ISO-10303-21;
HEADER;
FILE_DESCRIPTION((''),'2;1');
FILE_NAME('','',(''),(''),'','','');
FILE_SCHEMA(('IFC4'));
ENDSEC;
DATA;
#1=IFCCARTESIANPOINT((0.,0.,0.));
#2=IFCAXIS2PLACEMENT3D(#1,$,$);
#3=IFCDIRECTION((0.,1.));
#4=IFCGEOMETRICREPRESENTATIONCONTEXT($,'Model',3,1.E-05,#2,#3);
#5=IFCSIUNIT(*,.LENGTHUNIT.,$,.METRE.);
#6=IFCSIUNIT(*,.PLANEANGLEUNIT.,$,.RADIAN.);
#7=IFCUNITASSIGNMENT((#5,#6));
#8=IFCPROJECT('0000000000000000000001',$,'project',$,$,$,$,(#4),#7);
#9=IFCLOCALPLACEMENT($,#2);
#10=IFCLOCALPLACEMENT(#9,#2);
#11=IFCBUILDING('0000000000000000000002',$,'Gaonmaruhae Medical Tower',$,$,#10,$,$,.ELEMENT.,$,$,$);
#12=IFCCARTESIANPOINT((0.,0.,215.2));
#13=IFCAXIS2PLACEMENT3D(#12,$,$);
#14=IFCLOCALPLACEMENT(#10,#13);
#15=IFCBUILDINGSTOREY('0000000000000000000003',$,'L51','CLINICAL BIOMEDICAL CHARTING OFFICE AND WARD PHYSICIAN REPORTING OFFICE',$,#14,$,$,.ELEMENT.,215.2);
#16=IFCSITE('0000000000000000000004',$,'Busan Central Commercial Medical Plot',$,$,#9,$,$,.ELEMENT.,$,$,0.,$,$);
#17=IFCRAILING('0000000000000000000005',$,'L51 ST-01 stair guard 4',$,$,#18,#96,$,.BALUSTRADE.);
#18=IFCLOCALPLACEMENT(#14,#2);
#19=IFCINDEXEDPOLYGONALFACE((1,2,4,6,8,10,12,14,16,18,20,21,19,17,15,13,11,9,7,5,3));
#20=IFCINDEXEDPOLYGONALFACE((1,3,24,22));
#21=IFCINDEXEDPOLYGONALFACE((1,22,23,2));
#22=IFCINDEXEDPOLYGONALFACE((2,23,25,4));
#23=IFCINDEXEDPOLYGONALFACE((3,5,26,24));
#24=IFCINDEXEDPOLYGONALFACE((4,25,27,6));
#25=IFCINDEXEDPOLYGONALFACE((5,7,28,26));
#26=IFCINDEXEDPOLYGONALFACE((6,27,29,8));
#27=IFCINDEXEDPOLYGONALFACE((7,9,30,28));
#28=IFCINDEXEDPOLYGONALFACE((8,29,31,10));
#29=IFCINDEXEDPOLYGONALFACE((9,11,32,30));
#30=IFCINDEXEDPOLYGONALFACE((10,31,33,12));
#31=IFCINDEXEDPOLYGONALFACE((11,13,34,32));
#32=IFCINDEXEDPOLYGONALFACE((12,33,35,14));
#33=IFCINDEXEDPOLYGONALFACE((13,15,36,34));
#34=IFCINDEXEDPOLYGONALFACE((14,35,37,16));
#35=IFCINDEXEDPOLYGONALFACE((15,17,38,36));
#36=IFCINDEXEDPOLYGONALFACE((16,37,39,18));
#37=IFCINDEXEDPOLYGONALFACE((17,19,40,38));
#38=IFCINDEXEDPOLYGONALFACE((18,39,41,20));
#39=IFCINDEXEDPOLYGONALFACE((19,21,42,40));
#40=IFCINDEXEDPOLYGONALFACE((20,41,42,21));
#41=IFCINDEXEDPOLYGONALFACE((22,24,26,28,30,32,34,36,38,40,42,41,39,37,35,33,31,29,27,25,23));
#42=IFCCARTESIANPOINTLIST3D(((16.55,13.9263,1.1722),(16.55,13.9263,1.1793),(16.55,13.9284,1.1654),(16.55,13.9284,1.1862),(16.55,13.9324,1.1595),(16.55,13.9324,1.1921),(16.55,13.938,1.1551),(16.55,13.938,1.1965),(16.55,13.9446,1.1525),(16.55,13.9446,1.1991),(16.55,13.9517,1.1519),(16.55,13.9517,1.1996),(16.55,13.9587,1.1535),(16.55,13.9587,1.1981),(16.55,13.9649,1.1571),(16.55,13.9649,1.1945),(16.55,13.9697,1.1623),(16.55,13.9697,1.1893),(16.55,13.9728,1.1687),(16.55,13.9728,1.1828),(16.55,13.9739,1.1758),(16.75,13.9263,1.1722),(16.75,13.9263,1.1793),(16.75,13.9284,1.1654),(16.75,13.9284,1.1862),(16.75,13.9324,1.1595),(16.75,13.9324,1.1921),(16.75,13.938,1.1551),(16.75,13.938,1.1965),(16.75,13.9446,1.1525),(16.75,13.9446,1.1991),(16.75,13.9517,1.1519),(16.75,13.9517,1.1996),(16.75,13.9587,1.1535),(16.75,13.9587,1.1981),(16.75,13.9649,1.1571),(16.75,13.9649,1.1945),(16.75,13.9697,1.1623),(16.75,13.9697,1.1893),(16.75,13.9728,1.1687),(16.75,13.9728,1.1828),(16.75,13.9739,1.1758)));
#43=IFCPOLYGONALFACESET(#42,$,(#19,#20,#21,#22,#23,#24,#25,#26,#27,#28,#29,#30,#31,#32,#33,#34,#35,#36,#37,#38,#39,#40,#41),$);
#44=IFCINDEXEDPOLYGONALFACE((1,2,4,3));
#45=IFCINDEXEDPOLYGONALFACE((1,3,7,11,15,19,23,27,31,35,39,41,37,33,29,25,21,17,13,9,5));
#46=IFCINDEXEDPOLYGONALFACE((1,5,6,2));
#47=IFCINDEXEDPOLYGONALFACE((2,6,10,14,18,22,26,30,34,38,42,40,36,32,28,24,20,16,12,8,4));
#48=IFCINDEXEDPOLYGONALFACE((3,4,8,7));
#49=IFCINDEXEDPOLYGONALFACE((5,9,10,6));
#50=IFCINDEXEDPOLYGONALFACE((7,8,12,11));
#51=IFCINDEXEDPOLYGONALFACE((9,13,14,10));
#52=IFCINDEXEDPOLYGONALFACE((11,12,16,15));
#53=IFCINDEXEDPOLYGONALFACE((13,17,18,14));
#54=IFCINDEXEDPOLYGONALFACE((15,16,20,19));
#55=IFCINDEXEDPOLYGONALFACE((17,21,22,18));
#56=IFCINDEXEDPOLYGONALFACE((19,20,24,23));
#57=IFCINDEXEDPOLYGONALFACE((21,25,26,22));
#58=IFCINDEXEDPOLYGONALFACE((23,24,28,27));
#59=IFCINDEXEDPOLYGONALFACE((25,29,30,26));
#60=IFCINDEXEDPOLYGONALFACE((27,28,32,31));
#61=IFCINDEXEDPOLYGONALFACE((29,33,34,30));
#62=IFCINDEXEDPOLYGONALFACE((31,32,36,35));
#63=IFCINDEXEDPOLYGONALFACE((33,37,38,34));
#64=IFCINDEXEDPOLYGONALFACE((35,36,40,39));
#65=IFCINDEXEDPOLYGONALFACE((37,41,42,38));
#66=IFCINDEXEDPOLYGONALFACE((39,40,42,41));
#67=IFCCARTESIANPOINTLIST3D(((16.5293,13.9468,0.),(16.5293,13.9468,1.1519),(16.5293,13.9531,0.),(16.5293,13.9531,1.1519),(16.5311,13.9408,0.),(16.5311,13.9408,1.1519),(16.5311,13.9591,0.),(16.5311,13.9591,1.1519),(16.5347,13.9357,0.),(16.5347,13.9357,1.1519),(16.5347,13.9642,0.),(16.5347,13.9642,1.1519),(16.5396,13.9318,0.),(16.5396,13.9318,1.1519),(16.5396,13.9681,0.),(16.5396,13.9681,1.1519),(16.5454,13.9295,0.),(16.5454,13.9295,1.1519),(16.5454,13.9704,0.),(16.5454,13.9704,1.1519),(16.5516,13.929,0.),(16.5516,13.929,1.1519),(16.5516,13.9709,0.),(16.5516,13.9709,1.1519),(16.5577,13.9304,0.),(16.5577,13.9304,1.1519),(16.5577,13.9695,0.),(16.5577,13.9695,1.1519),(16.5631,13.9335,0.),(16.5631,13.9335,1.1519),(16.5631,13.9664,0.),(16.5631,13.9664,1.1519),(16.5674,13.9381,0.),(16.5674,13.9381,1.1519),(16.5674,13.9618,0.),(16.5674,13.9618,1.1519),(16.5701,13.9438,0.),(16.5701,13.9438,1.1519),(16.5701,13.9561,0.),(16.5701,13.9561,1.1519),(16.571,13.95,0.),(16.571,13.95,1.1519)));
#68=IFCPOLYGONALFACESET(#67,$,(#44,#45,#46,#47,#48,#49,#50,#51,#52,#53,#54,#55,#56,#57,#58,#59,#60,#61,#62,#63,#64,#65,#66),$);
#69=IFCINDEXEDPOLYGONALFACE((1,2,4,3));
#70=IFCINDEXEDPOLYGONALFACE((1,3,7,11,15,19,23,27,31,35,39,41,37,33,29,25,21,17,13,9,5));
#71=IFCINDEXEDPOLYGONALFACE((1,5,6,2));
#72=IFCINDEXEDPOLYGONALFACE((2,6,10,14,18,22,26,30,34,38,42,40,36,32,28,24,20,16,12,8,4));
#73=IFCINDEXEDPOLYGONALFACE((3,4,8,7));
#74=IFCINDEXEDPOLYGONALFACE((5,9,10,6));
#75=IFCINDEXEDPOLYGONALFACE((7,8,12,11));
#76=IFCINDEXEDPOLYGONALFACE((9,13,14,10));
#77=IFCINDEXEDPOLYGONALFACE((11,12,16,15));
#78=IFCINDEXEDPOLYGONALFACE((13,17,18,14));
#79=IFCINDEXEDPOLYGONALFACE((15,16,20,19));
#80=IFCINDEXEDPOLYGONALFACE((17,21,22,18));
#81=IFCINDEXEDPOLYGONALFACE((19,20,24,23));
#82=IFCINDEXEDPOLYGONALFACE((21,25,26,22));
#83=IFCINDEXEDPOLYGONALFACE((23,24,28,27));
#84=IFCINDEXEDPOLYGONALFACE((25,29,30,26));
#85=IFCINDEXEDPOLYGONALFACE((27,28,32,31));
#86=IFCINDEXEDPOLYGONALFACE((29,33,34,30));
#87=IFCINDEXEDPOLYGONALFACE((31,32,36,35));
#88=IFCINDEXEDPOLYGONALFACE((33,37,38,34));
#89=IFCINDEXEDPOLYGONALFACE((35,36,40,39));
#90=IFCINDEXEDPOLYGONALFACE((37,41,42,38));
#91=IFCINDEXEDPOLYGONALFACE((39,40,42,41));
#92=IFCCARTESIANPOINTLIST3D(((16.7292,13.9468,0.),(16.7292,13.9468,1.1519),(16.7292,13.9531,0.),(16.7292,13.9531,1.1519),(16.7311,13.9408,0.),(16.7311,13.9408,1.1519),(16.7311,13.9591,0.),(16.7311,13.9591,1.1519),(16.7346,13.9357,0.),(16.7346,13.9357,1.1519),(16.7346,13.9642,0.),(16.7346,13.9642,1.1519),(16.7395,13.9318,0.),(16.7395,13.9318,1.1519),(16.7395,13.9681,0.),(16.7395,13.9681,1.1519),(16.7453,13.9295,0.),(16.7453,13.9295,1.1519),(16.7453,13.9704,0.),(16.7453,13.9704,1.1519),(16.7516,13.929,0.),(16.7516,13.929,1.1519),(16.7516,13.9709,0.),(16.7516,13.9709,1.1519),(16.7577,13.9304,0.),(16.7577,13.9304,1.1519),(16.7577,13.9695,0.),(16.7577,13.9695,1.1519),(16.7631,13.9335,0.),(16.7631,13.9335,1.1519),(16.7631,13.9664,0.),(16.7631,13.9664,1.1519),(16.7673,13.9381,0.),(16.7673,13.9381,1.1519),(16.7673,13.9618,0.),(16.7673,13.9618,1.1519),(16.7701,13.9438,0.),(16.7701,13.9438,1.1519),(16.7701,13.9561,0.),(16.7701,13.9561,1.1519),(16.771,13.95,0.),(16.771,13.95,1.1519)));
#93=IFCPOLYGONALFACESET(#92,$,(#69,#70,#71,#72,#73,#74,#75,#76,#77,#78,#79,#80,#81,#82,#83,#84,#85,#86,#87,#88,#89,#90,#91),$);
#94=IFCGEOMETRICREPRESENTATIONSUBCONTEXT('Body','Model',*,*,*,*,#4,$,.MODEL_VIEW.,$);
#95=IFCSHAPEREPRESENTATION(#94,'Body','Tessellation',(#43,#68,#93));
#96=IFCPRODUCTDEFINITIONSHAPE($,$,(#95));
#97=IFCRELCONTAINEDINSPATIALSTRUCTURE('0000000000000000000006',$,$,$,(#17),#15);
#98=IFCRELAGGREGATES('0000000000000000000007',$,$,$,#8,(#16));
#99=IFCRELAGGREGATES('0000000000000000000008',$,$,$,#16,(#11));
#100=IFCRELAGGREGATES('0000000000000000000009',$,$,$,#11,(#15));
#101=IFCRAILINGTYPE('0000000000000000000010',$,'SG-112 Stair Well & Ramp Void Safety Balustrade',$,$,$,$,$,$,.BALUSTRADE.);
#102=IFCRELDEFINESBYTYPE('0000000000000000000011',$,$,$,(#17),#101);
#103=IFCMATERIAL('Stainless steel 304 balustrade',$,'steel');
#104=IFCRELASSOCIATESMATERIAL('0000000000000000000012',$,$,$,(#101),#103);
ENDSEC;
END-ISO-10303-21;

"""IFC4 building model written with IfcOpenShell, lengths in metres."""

from ifc_helpers import new_model, si_unit, direction, frame, origin, origin_2d, place, context, subcontext, project, spatial, circle, extrude, material, type_object, element, save


model = new_model("IFC4")

# Units and contexts
model_context = context("Model", 3, precision=1e-05, world=origin(), true_north=direction((0.0, 1.0)))
body_context = subcontext(model_context, "Body", "Model", "MODEL_VIEW")
ifc_project = project(units=[si_unit("LENGTHUNIT", "METRE"), si_unit("PLANEANGLEUNIT", "RADIAN")], contexts=[model_context])

# Site, building, storey
site_placement = place(None, origin())
site = spatial("IfcSite", under=ifc_project, at=site_placement, Name="Busan Central Commercial Medical Plot", CompositionType="ELEMENT", RefElevation=0.0)
building_placement = place(site_placement, origin())
building = spatial("IfcBuilding", under=site, at=building_placement, Name="Gaonmaruhae Medical Tower", CompositionType="ELEMENT")
storey_placement = place(building_placement, frame((0.0, 0.0, 215.2)))
storey = spatial("IfcBuildingStorey", under=building, at=storey_placement, Name="L51", Description="CLINICAL BIOMEDICAL CHARTING OFFICE AND WARD PHYSICIAN REPORTING OFFICE", CompositionType="ELEMENT", Elevation=215.2)

# Railing
ifc_material_1 = material(Name="Stainless steel 304 balustrade", Category="steel")
railing_type_1 = type_object("IfcRailingType", Name="SG-112 Stair Well & Ramp Void Safety Balustrade", PredefinedType="BALUSTRADE", material=ifc_material_1)
railing_1_placement = place(storey_placement, frame((16.55, 13.95, 0.0)))
element("IfcRailing", 1, at=railing_1_placement, inside=storey, type_object=railing_type_1, Name="L51 ST-01 stair guard 4", PredefinedType="BALUSTRADE", context=body_context, shape_type="SweptSolid", body=[
    extrude(circle(Radius=0.0239, at=origin_2d()), frame((0.0, 0.0, 1.1758), z_axis=(1.0, 0.0, 0.0), x_axis=(0.0, 1.0, 0.0)), (0.0, 0.0, 1.0), 0.2),
    extrude(circle(Radius=0.021, at=origin_2d()), origin(), (0.0, 0.0, 1.0), 1.1519),
    extrude(circle(Radius=0.021, at=origin_2d()), frame((0.2, 0.0, 0.0)), (0.0, 0.0, 1.0), 1.1519),
])

save(model, "model.ifc")
